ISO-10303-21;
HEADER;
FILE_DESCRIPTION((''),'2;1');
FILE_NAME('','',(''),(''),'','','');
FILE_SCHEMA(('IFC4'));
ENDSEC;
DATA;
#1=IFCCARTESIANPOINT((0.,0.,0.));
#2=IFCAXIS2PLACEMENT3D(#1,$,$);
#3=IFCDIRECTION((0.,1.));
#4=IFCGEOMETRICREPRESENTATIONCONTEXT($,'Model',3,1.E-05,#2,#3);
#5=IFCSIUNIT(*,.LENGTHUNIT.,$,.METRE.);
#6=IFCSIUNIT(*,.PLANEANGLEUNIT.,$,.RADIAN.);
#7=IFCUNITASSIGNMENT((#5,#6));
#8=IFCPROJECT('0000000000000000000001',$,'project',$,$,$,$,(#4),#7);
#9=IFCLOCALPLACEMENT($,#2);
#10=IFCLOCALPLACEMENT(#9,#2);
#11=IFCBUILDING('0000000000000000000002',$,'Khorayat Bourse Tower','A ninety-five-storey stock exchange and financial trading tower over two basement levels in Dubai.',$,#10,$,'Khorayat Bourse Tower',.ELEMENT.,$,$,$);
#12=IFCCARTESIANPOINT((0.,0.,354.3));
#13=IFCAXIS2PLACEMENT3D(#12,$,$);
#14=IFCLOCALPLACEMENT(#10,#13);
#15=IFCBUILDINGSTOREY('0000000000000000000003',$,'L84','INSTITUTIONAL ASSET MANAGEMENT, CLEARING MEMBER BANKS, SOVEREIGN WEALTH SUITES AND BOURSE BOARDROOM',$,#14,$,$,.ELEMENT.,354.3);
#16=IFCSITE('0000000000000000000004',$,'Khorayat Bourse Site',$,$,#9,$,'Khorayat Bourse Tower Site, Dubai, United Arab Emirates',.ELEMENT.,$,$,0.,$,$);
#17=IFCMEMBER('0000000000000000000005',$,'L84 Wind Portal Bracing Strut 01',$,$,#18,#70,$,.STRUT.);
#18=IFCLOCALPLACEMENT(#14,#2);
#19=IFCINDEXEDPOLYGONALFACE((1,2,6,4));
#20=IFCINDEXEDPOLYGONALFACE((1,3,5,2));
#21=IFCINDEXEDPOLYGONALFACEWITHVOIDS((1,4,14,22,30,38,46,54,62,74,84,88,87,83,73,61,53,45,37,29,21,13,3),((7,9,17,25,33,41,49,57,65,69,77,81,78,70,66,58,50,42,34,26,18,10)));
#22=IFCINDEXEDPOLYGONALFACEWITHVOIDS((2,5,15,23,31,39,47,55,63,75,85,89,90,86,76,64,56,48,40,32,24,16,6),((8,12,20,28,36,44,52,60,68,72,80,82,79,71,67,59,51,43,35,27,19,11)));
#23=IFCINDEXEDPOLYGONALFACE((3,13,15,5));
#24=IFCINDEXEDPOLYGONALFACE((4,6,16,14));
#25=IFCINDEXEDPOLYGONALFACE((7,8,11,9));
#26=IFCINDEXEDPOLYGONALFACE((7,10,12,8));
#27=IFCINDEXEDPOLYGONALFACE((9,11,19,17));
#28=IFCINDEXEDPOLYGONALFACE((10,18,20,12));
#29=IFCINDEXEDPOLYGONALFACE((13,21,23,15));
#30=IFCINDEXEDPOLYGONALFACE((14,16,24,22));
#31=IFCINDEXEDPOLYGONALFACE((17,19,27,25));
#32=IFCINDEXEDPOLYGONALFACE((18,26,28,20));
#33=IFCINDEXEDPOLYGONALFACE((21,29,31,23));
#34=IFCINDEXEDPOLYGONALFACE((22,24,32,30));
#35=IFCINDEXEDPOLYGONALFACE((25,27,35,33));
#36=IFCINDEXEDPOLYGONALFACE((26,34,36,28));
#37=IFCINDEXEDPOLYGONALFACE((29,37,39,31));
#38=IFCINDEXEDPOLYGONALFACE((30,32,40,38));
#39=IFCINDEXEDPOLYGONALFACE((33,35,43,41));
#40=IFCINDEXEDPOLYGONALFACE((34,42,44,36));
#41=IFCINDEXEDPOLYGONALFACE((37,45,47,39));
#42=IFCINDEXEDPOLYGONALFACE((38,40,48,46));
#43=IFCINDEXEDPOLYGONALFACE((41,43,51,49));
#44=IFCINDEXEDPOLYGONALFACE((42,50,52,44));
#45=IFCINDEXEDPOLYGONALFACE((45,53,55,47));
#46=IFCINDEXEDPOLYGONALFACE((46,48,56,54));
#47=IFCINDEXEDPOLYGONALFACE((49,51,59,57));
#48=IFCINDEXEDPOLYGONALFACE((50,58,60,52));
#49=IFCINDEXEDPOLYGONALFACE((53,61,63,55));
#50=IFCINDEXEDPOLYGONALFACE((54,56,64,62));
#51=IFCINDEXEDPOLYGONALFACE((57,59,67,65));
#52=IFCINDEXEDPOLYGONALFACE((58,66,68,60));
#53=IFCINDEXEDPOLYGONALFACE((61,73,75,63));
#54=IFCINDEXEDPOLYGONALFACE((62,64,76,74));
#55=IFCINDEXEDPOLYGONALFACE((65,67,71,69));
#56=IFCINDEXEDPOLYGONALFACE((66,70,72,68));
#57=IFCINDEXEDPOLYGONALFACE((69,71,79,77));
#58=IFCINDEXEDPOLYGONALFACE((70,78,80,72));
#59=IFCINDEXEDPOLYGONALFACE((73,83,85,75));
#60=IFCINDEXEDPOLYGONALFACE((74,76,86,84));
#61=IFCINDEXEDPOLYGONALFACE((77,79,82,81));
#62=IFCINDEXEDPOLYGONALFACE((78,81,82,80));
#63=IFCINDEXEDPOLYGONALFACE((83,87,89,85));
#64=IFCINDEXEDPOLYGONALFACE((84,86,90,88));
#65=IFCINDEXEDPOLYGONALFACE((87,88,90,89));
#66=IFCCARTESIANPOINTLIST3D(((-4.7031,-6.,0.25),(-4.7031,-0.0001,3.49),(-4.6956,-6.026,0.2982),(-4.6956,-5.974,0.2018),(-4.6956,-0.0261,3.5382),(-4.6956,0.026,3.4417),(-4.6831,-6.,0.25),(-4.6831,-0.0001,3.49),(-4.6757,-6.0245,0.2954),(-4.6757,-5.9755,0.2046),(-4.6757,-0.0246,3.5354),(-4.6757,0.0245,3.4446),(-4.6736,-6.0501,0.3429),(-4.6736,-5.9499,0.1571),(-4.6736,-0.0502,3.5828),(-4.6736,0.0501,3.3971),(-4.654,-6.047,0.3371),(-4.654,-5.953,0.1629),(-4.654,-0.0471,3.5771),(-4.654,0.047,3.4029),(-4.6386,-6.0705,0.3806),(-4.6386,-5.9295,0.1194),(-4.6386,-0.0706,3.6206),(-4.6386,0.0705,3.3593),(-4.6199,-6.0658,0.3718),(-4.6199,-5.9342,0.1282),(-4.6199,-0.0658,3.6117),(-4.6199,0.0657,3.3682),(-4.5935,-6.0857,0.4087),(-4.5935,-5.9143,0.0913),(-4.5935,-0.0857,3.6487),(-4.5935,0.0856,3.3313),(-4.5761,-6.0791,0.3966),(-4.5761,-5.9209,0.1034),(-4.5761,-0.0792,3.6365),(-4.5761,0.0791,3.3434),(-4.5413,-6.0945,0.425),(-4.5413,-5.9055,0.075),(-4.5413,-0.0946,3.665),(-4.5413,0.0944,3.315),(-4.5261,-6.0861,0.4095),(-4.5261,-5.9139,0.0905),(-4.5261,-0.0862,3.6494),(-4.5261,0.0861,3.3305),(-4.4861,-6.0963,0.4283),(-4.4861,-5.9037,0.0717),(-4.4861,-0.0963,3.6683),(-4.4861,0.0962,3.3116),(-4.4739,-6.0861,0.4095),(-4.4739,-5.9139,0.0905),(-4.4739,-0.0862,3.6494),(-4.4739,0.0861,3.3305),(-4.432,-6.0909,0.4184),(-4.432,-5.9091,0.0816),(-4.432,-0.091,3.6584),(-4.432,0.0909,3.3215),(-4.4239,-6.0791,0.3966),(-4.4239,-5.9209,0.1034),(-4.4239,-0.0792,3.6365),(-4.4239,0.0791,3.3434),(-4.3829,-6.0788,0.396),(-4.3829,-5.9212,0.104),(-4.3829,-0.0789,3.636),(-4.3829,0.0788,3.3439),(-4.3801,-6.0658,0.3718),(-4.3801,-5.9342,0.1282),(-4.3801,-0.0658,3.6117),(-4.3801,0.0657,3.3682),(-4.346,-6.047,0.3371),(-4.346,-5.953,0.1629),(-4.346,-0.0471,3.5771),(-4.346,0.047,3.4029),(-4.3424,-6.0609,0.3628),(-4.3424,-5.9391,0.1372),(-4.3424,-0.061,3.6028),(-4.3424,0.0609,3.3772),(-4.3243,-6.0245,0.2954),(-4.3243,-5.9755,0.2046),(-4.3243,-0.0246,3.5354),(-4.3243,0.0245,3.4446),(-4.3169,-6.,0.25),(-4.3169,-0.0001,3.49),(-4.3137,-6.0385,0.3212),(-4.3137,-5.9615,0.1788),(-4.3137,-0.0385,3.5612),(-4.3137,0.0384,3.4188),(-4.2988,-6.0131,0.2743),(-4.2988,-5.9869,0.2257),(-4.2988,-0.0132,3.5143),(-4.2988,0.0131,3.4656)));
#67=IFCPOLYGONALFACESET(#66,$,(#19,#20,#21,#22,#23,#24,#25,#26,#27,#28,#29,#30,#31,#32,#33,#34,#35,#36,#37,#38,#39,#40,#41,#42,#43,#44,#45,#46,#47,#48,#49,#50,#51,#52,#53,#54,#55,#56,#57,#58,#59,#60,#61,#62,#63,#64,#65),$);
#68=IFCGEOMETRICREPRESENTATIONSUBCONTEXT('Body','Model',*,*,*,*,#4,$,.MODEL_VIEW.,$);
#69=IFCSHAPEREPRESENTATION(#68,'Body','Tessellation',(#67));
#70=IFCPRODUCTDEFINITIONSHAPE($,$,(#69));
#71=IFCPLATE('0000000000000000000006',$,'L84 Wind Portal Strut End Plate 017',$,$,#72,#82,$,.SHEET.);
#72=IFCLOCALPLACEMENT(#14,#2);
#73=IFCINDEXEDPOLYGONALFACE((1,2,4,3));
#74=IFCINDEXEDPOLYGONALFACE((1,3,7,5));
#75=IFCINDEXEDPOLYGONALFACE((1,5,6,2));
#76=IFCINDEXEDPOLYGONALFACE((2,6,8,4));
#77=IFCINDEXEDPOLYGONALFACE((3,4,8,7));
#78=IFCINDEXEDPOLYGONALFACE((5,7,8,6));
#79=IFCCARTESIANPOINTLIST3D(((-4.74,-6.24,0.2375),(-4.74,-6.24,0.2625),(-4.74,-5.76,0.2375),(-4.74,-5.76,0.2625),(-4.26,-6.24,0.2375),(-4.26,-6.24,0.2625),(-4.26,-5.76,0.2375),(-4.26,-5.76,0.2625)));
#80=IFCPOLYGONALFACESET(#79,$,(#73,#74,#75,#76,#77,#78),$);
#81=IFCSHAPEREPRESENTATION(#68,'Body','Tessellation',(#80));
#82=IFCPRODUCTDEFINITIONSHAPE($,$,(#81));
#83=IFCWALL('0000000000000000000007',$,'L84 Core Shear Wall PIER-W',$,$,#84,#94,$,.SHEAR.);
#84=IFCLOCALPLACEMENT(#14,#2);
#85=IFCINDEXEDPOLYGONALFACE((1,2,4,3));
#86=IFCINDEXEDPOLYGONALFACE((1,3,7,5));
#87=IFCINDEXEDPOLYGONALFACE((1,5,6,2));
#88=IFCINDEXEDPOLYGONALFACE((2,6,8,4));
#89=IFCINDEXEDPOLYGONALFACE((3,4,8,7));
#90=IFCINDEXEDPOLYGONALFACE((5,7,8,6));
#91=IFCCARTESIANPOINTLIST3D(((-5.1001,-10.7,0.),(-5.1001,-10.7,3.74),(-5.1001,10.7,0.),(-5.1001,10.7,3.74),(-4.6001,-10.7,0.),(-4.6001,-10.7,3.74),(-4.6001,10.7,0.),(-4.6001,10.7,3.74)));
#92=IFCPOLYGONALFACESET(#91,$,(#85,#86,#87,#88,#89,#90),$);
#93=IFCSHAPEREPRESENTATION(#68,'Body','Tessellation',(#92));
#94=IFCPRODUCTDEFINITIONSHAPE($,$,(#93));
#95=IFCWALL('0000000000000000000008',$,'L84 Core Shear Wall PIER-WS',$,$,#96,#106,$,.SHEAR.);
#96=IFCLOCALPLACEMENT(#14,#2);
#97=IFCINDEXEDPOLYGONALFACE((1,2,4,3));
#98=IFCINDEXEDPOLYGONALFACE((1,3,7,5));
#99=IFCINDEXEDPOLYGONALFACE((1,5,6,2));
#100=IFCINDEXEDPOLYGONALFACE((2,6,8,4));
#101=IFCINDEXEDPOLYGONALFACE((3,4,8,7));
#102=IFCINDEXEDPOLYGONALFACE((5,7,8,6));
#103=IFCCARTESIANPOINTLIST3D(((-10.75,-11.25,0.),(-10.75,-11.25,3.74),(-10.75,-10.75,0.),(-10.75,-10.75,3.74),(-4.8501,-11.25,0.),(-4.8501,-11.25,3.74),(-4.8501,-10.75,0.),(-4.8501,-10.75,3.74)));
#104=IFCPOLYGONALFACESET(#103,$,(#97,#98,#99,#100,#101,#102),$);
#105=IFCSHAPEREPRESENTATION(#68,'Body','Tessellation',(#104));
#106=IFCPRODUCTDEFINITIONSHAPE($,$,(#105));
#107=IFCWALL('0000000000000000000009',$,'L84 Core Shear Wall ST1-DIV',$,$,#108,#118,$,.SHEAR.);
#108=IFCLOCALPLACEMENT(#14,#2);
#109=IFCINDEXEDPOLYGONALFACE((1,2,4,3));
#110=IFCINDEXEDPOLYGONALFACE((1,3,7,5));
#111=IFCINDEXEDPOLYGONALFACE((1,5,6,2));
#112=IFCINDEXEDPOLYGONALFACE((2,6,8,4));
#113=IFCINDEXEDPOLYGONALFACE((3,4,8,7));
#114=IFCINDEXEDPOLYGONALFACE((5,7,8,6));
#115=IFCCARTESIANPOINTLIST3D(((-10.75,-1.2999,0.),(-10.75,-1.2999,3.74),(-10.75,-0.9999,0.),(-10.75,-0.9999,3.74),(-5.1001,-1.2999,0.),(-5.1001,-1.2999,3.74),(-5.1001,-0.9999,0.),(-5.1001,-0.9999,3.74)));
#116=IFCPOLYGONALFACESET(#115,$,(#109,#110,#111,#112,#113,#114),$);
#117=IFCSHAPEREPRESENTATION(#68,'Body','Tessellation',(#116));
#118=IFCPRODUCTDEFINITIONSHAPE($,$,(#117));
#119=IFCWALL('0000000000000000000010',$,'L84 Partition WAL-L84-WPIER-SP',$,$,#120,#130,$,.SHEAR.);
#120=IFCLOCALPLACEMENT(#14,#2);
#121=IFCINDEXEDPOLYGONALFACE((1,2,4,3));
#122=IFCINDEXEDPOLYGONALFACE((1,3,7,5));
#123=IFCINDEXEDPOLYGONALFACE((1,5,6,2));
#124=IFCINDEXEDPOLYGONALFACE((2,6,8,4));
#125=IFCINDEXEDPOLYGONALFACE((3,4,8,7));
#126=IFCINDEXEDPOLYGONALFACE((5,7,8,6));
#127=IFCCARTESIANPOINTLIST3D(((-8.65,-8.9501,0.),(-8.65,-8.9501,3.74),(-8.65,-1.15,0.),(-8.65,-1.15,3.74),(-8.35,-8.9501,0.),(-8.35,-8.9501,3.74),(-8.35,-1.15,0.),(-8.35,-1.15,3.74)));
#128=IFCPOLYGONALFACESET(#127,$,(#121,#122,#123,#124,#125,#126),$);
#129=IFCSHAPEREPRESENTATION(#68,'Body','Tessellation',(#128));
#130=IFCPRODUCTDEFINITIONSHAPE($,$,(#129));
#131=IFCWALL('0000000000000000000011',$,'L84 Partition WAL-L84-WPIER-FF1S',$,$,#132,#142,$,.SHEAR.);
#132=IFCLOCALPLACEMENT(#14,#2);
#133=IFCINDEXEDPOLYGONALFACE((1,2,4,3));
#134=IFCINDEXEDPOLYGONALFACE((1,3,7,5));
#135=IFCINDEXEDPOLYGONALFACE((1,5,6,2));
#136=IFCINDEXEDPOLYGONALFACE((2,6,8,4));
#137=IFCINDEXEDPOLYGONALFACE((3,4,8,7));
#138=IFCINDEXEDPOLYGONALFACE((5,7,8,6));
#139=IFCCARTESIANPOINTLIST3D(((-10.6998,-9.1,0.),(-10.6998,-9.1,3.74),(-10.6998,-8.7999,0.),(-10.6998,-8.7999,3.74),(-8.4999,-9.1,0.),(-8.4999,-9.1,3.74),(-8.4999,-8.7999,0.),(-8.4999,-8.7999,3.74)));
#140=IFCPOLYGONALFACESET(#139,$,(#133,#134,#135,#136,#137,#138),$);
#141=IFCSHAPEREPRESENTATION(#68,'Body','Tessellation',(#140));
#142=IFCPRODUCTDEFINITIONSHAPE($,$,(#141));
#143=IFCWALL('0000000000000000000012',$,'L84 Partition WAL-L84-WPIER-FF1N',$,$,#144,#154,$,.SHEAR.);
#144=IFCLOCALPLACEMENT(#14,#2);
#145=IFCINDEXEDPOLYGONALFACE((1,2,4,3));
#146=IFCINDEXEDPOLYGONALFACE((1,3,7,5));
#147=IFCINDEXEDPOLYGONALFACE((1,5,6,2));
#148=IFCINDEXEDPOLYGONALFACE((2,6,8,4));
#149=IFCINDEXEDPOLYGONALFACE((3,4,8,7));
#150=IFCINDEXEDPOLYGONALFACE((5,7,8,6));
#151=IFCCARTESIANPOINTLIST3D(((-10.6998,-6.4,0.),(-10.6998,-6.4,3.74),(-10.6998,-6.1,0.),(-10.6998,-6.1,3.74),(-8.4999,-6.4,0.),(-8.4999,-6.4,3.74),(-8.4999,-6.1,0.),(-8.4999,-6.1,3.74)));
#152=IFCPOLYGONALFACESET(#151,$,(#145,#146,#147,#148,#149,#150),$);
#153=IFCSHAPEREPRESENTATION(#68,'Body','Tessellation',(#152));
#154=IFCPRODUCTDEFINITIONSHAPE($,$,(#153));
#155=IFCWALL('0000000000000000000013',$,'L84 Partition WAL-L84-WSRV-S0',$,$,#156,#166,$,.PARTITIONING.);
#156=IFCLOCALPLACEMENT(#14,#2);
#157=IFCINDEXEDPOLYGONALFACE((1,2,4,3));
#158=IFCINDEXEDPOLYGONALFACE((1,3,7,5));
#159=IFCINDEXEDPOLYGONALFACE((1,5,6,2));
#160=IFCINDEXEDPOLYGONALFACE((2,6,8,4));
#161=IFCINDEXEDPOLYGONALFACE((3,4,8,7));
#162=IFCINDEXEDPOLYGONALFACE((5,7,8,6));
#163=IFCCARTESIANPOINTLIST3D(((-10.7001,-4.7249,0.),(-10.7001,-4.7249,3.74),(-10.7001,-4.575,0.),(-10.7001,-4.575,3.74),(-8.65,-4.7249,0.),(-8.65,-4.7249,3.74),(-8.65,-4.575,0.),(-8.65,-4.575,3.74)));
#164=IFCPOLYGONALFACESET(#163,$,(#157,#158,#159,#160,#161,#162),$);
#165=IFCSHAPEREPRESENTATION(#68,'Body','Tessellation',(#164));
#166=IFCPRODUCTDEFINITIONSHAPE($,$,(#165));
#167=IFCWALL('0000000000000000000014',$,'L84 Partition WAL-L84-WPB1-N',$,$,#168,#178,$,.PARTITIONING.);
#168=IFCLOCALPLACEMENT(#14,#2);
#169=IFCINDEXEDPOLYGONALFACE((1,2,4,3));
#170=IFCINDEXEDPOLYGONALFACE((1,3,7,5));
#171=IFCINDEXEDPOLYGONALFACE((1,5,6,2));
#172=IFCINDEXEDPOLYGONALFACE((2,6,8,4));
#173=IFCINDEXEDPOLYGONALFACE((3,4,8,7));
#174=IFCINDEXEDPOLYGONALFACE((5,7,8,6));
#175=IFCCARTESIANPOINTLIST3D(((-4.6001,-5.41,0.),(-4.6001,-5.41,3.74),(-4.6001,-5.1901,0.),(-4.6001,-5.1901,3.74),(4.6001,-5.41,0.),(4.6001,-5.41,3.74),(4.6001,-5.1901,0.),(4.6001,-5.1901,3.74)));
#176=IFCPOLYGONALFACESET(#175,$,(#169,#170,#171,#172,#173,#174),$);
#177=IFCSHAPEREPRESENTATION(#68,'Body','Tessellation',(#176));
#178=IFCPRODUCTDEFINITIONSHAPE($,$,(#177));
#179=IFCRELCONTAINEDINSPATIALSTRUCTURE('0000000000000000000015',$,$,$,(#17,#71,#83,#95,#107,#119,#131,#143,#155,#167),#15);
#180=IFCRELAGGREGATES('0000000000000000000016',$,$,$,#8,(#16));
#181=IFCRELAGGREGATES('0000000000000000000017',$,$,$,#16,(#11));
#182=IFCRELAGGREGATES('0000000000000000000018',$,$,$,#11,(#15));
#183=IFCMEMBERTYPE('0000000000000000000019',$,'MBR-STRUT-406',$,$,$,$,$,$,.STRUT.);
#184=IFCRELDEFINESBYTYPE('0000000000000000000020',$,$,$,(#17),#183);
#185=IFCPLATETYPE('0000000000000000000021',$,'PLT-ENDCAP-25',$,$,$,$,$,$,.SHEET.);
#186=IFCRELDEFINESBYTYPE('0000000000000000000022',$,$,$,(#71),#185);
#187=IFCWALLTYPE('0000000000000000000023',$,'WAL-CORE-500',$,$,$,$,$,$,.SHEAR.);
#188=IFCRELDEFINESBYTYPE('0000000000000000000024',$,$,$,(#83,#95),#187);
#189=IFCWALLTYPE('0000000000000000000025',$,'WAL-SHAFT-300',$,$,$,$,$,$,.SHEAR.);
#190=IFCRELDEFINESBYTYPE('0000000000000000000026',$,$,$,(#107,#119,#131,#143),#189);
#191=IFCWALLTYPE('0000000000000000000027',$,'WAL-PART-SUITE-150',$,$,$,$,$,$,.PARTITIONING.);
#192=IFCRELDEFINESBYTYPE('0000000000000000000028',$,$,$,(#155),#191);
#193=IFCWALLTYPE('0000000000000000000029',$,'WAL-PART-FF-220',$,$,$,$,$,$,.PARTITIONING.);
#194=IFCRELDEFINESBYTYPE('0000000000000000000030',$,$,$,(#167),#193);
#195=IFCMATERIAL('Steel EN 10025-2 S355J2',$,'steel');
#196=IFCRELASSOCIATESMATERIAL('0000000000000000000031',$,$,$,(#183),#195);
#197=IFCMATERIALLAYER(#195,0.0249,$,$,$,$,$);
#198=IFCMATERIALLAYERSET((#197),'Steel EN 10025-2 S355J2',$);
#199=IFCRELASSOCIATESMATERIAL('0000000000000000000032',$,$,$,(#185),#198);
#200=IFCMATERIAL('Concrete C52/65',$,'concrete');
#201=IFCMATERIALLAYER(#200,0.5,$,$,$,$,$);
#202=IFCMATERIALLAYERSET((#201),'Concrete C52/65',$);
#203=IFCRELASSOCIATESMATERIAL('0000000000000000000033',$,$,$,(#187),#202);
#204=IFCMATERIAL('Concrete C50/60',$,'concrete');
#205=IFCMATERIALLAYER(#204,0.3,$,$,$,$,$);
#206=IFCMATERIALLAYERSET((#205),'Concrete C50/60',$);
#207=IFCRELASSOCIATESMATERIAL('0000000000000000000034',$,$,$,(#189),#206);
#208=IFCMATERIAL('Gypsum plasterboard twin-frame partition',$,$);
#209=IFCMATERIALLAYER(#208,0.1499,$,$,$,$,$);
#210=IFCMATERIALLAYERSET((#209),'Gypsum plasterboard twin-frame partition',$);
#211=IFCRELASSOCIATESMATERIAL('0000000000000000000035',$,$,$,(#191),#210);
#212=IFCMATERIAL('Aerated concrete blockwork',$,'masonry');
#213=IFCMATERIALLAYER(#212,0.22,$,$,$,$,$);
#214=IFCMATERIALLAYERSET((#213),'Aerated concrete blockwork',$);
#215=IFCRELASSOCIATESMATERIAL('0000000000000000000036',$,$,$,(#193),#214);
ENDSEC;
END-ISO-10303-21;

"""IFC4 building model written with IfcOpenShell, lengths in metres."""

from ifc_helpers import new_model, si_unit, direction, frame, frame_2d, origin, origin_2d, place, context, subcontext, project, spatial, rectangle, hollow_circle, extrude, source, transform, mapped, material, layer, layer_set, material_profile, profile_set, type_object, element, save


model = new_model("IFC4")

# Units and contexts
model_context = context("Model", 3, precision=1e-05, world=origin(), true_north=direction((0.0, 1.0)))
body_context = subcontext(model_context, "Body", "Model", "MODEL_VIEW")
ifc_project = project(units=[si_unit("LENGTHUNIT", "METRE"), si_unit("PLANEANGLEUNIT", "RADIAN")], contexts=[model_context])

# Site, building, storey
site_placement = place(None, origin())
site = spatial("IfcSite", under=ifc_project, at=site_placement, Name="Khorayat Bourse Site", LongName="Khorayat Bourse Tower Site, Dubai, United Arab Emirates", CompositionType="ELEMENT", RefElevation=0.0)
building_placement = place(site_placement, origin())
building = spatial("IfcBuilding", under=site, at=building_placement, Name="Khorayat Bourse Tower", Description="A ninety-five-storey stock exchange and financial trading tower over two basement levels in Dubai.", LongName="Khorayat Bourse Tower", CompositionType="ELEMENT")
storey_placement = place(building_placement, frame((0.0, 0.0, 354.3)))
storey = spatial("IfcBuildingStorey", under=building, at=storey_placement, Name="L84", Description="INSTITUTIONAL ASSET MANAGEMENT, CLEARING MEMBER BANKS, SOVEREIGN WEALTH SUITES AND BOURSE BOARDROOM", CompositionType="ELEMENT", Elevation=354.3)

# Shared definitions
ifc_material_1 = material(Name="Concrete C52/65", Category="concrete")

# Member
ifc_material_2 = material(Name="Steel EN 10025-2 S355J2", Category="steel")
ifc_material_profile_1 = material_profile(ifc_material_2, hollow_circle(Radius=0.2031, WallThickness=0.02, at=origin_2d()), Name="CHS 406x20")
ifc_profile_set_1 = profile_set([ifc_material_profile_1], Name="Steel EN 10025-2 S355J2")
member_type = type_object("IfcMemberType", Name="MBR-STRUT-406", PredefinedType="STRUT", material=ifc_profile_set_1)
shared_shape_1 = source(origin(), body_context, "Body", "SweptSolid", [
    extrude(hollow_circle(Radius=0.2031, WallThickness=0.02, at=origin_2d()), origin(), (0.0, 0.0, 1.0), 6.8188),
])
member_placement = place(storey_placement, frame((-4.5, -6.0, 0.25), z_axis=(0.0, 0.879906, 0.475148), x_axis=(-1.0, 0.0, 0.0)))
element("IfcMember", 1, at=member_placement, inside=storey, type_object=member_type, Name="L84 Wind Portal Bracing Strut 01", PredefinedType="STRUT", context=body_context, shape_type="MappedRepresentation", body=[
    mapped(shared_shape_1, transform((0.0, 0.0, 0.0), scale=1.0)),
])

# Plate
ifc_layer_1 = layer(ifc_material_2, 0.0249)
ifc_layer_set_1 = layer_set([ifc_layer_1], Name="Steel EN 10025-2 S355J2")
plate_type = type_object("IfcPlateType", Name="PLT-ENDCAP-25", PredefinedType="SHEET", material=ifc_layer_set_1)
shared_shape_2 = source(origin(), body_context, "Body", "SweptSolid", [
    extrude(rectangle(XDim=0.48, YDim=0.48, at=origin_2d()), origin(), (0.0, 0.0, 1.0), 0.0249),
])
plate_placement = place(storey_placement, frame((-4.5, -6.0, 0.2375), z_axis=(0.0, 0.0, 1.0), x_axis=(1.0, 0.0, 0.0)))
element("IfcPlate", 2, at=plate_placement, inside=storey, type_object=plate_type, Name="L84 Wind Portal Strut End Plate 017", PredefinedType="SHEET", context=body_context, shape_type="MappedRepresentation", body=[
    mapped(shared_shape_2, transform((0.0, 0.0, 0.0), scale=1.0)),
])

# Walls
ifc_layer_2 = layer(ifc_material_1, 0.5)
ifc_layer_set_2 = layer_set([ifc_layer_2], Name="Concrete C52/65")
wall_type_1 = type_object("IfcWallType", Name="WAL-CORE-500", PredefinedType="SHEAR", material=ifc_layer_set_2)
shared_shape_3 = source(origin(), body_context, "Body", "SweptSolid", [
    extrude(rectangle(XDim=21.3999, YDim=0.5, at=frame_2d((10.7, 0.0))), origin(), (0.0, 0.0, 1.0), 3.74),
])
wall_1_placement = place(storey_placement, frame((-4.8501, -10.7, 0.0), z_axis=(0.0, 0.0, 1.0), x_axis=(0.0, 1.0, 0.0)))
element("IfcWall", 3, at=wall_1_placement, inside=storey, type_object=wall_type_1, Name="L84 Core Shear Wall PIER-W", PredefinedType="SHEAR", context=body_context, shape_type="MappedRepresentation", body=[
    mapped(shared_shape_3, transform((0.0, 0.0, 0.0), scale=1.0)),
])
shared_shape_4 = source(origin(), body_context, "Body", "SweptSolid", [
    extrude(rectangle(XDim=5.8999, YDim=0.5, at=frame_2d((2.95, 0.0))), origin(), (0.0, 0.0, 1.0), 3.74),
])
wall_2_placement = place(storey_placement, frame((-10.75, -11.0, 0.0), z_axis=(0.0, 0.0, 1.0), x_axis=(1.0, 0.0, 0.0)))
element("IfcWall", 4, at=wall_2_placement, inside=storey, type_object=wall_type_1, Name="L84 Core Shear Wall PIER-WS", PredefinedType="SHEAR", context=body_context, shape_type="MappedRepresentation", body=[
    mapped(shared_shape_4, transform((0.0, 0.0, 0.0), scale=1.0)),
])
ifc_material_3 = material(Name="Concrete C50/60", Category="concrete")
ifc_layer_3 = layer(ifc_material_3, 0.3)
ifc_layer_set_3 = layer_set([ifc_layer_3], Name="Concrete C50/60")
wall_type_2 = type_object("IfcWallType", Name="WAL-SHAFT-300", PredefinedType="SHEAR", material=ifc_layer_set_3)
shared_shape_5 = source(origin(), body_context, "Body", "SweptSolid", [
    extrude(rectangle(XDim=5.6499, YDim=0.3, at=frame_2d((2.825, 0.0))), origin(), (0.0, 0.0, 1.0), 3.74),
])
wall_3_placement = place(storey_placement, frame((-10.75, -1.1499, 0.0), z_axis=(0.0, 0.0, 1.0), x_axis=(1.0, 0.0, 0.0)))
element("IfcWall", 5, at=wall_3_placement, inside=storey, type_object=wall_type_2, Name="L84 Core Shear Wall ST1-DIV", PredefinedType="SHEAR", context=body_context, shape_type="MappedRepresentation", body=[
    mapped(shared_shape_5, transform((0.0, 0.0, 0.0), scale=1.0)),
])
shared_shape_6 = source(origin(), body_context, "Body", "SweptSolid", [
    extrude(rectangle(XDim=7.8, YDim=0.3, at=frame_2d((3.8999, 0.0))), origin(), (0.0, 0.0, 1.0), 3.74),
])
wall_4_placement = place(storey_placement, frame((-8.5, -8.95, 0.0), z_axis=(0.0, 0.0, 1.0), x_axis=(0.0, 1.0, 0.0)))
element("IfcWall", 6, at=wall_4_placement, inside=storey, type_object=wall_type_2, Name="L84 Partition WAL-L84-WPIER-SP", PredefinedType="SHEAR", context=body_context, shape_type="MappedRepresentation", body=[
    mapped(shared_shape_6, transform((0.0, 0.0, 0.0), scale=1.0)),
])
shared_shape_7 = source(origin(), body_context, "Body", "SweptSolid", [
    extrude(rectangle(XDim=2.2, YDim=0.3, at=frame_2d((1.1001, 0.0))), origin(), (0.0, 0.0, 1.0), 3.74),
])
for number, where, z_axis, x_axis, name in (
    (7, (-10.7, -8.95, 0.0), (0.0, 0.0, 1.0), (1.0, 0.0, 0.0), "L84 Partition WAL-L84-WPIER-FF1S"),
    (8, (-10.7, -6.25, 0.0), (0.0, 0.0, 1.0), (1.0, 0.0, 0.0), "L84 Partition WAL-L84-WPIER-FF1N"),
):
    element("IfcWall", number, at=place(storey_placement, frame(where, z_axis=z_axis, x_axis=x_axis)), inside=storey, type_object=wall_type_2, Name=name, PredefinedType="SHEAR", context=body_context, shape_type="MappedRepresentation", body=[
        mapped(shared_shape_7, transform((0.0, 0.0, 0.0), scale=1.0)),
    ])
ifc_material_4 = material(Name="Gypsum plasterboard twin-frame partition")
ifc_layer_4 = layer(ifc_material_4, 0.1499)
ifc_layer_set_4 = layer_set([ifc_layer_4], Name="Gypsum plasterboard twin-frame partition")
wall_type_3 = type_object("IfcWallType", Name="WAL-PART-SUITE-150", PredefinedType="PARTITIONING", material=ifc_layer_set_4)
shared_shape_8 = source(origin(), body_context, "Body", "SweptSolid", [
    extrude(rectangle(XDim=2.05, YDim=0.1499, at=frame_2d((1.0249, 0.0))), origin(), (0.0, 0.0, 1.0), 3.74),
])
wall_5_placement = place(storey_placement, frame((-10.7, -4.6499, 0.0), z_axis=(0.0, 0.0, 1.0), x_axis=(1.0, 0.0, 0.0)))
element("IfcWall", 9, at=wall_5_placement, inside=storey, type_object=wall_type_3, Name="L84 Partition WAL-L84-WSRV-S0", PredefinedType="PARTITIONING", context=body_context, shape_type="MappedRepresentation", body=[
    mapped(shared_shape_8, transform((0.0, 0.0, 0.0), scale=1.0)),
])
ifc_material_5 = material(Name="Aerated concrete blockwork", Category="masonry")
ifc_layer_5 = layer(ifc_material_5, 0.22)
ifc_layer_set_5 = layer_set([ifc_layer_5], Name="Aerated concrete blockwork")
wall_type_4 = type_object("IfcWallType", Name="WAL-PART-FF-220", PredefinedType="PARTITIONING", material=ifc_layer_set_5)
shared_shape_9 = source(origin(), body_context, "Body", "SweptSolid", [
    extrude(rectangle(XDim=9.2002, YDim=0.22, at=frame_2d((4.6001, 0.0))), origin(), (0.0, 0.0, 1.0), 3.74),
])
wall_6_placement = place(storey_placement, frame((-4.6001, -5.3, 0.0), z_axis=(0.0, 0.0, 1.0), x_axis=(1.0, 0.0, 0.0)))
element("IfcWall", 10, at=wall_6_placement, inside=storey, type_object=wall_type_4, Name="L84 Partition WAL-L84-WPB1-N", PredefinedType="PARTITIONING", context=body_context, shape_type="MappedRepresentation", body=[
    mapped(shared_shape_9, transform((0.0, 0.0, 0.0), scale=1.0)),
])

save(model, "model.ifc")
